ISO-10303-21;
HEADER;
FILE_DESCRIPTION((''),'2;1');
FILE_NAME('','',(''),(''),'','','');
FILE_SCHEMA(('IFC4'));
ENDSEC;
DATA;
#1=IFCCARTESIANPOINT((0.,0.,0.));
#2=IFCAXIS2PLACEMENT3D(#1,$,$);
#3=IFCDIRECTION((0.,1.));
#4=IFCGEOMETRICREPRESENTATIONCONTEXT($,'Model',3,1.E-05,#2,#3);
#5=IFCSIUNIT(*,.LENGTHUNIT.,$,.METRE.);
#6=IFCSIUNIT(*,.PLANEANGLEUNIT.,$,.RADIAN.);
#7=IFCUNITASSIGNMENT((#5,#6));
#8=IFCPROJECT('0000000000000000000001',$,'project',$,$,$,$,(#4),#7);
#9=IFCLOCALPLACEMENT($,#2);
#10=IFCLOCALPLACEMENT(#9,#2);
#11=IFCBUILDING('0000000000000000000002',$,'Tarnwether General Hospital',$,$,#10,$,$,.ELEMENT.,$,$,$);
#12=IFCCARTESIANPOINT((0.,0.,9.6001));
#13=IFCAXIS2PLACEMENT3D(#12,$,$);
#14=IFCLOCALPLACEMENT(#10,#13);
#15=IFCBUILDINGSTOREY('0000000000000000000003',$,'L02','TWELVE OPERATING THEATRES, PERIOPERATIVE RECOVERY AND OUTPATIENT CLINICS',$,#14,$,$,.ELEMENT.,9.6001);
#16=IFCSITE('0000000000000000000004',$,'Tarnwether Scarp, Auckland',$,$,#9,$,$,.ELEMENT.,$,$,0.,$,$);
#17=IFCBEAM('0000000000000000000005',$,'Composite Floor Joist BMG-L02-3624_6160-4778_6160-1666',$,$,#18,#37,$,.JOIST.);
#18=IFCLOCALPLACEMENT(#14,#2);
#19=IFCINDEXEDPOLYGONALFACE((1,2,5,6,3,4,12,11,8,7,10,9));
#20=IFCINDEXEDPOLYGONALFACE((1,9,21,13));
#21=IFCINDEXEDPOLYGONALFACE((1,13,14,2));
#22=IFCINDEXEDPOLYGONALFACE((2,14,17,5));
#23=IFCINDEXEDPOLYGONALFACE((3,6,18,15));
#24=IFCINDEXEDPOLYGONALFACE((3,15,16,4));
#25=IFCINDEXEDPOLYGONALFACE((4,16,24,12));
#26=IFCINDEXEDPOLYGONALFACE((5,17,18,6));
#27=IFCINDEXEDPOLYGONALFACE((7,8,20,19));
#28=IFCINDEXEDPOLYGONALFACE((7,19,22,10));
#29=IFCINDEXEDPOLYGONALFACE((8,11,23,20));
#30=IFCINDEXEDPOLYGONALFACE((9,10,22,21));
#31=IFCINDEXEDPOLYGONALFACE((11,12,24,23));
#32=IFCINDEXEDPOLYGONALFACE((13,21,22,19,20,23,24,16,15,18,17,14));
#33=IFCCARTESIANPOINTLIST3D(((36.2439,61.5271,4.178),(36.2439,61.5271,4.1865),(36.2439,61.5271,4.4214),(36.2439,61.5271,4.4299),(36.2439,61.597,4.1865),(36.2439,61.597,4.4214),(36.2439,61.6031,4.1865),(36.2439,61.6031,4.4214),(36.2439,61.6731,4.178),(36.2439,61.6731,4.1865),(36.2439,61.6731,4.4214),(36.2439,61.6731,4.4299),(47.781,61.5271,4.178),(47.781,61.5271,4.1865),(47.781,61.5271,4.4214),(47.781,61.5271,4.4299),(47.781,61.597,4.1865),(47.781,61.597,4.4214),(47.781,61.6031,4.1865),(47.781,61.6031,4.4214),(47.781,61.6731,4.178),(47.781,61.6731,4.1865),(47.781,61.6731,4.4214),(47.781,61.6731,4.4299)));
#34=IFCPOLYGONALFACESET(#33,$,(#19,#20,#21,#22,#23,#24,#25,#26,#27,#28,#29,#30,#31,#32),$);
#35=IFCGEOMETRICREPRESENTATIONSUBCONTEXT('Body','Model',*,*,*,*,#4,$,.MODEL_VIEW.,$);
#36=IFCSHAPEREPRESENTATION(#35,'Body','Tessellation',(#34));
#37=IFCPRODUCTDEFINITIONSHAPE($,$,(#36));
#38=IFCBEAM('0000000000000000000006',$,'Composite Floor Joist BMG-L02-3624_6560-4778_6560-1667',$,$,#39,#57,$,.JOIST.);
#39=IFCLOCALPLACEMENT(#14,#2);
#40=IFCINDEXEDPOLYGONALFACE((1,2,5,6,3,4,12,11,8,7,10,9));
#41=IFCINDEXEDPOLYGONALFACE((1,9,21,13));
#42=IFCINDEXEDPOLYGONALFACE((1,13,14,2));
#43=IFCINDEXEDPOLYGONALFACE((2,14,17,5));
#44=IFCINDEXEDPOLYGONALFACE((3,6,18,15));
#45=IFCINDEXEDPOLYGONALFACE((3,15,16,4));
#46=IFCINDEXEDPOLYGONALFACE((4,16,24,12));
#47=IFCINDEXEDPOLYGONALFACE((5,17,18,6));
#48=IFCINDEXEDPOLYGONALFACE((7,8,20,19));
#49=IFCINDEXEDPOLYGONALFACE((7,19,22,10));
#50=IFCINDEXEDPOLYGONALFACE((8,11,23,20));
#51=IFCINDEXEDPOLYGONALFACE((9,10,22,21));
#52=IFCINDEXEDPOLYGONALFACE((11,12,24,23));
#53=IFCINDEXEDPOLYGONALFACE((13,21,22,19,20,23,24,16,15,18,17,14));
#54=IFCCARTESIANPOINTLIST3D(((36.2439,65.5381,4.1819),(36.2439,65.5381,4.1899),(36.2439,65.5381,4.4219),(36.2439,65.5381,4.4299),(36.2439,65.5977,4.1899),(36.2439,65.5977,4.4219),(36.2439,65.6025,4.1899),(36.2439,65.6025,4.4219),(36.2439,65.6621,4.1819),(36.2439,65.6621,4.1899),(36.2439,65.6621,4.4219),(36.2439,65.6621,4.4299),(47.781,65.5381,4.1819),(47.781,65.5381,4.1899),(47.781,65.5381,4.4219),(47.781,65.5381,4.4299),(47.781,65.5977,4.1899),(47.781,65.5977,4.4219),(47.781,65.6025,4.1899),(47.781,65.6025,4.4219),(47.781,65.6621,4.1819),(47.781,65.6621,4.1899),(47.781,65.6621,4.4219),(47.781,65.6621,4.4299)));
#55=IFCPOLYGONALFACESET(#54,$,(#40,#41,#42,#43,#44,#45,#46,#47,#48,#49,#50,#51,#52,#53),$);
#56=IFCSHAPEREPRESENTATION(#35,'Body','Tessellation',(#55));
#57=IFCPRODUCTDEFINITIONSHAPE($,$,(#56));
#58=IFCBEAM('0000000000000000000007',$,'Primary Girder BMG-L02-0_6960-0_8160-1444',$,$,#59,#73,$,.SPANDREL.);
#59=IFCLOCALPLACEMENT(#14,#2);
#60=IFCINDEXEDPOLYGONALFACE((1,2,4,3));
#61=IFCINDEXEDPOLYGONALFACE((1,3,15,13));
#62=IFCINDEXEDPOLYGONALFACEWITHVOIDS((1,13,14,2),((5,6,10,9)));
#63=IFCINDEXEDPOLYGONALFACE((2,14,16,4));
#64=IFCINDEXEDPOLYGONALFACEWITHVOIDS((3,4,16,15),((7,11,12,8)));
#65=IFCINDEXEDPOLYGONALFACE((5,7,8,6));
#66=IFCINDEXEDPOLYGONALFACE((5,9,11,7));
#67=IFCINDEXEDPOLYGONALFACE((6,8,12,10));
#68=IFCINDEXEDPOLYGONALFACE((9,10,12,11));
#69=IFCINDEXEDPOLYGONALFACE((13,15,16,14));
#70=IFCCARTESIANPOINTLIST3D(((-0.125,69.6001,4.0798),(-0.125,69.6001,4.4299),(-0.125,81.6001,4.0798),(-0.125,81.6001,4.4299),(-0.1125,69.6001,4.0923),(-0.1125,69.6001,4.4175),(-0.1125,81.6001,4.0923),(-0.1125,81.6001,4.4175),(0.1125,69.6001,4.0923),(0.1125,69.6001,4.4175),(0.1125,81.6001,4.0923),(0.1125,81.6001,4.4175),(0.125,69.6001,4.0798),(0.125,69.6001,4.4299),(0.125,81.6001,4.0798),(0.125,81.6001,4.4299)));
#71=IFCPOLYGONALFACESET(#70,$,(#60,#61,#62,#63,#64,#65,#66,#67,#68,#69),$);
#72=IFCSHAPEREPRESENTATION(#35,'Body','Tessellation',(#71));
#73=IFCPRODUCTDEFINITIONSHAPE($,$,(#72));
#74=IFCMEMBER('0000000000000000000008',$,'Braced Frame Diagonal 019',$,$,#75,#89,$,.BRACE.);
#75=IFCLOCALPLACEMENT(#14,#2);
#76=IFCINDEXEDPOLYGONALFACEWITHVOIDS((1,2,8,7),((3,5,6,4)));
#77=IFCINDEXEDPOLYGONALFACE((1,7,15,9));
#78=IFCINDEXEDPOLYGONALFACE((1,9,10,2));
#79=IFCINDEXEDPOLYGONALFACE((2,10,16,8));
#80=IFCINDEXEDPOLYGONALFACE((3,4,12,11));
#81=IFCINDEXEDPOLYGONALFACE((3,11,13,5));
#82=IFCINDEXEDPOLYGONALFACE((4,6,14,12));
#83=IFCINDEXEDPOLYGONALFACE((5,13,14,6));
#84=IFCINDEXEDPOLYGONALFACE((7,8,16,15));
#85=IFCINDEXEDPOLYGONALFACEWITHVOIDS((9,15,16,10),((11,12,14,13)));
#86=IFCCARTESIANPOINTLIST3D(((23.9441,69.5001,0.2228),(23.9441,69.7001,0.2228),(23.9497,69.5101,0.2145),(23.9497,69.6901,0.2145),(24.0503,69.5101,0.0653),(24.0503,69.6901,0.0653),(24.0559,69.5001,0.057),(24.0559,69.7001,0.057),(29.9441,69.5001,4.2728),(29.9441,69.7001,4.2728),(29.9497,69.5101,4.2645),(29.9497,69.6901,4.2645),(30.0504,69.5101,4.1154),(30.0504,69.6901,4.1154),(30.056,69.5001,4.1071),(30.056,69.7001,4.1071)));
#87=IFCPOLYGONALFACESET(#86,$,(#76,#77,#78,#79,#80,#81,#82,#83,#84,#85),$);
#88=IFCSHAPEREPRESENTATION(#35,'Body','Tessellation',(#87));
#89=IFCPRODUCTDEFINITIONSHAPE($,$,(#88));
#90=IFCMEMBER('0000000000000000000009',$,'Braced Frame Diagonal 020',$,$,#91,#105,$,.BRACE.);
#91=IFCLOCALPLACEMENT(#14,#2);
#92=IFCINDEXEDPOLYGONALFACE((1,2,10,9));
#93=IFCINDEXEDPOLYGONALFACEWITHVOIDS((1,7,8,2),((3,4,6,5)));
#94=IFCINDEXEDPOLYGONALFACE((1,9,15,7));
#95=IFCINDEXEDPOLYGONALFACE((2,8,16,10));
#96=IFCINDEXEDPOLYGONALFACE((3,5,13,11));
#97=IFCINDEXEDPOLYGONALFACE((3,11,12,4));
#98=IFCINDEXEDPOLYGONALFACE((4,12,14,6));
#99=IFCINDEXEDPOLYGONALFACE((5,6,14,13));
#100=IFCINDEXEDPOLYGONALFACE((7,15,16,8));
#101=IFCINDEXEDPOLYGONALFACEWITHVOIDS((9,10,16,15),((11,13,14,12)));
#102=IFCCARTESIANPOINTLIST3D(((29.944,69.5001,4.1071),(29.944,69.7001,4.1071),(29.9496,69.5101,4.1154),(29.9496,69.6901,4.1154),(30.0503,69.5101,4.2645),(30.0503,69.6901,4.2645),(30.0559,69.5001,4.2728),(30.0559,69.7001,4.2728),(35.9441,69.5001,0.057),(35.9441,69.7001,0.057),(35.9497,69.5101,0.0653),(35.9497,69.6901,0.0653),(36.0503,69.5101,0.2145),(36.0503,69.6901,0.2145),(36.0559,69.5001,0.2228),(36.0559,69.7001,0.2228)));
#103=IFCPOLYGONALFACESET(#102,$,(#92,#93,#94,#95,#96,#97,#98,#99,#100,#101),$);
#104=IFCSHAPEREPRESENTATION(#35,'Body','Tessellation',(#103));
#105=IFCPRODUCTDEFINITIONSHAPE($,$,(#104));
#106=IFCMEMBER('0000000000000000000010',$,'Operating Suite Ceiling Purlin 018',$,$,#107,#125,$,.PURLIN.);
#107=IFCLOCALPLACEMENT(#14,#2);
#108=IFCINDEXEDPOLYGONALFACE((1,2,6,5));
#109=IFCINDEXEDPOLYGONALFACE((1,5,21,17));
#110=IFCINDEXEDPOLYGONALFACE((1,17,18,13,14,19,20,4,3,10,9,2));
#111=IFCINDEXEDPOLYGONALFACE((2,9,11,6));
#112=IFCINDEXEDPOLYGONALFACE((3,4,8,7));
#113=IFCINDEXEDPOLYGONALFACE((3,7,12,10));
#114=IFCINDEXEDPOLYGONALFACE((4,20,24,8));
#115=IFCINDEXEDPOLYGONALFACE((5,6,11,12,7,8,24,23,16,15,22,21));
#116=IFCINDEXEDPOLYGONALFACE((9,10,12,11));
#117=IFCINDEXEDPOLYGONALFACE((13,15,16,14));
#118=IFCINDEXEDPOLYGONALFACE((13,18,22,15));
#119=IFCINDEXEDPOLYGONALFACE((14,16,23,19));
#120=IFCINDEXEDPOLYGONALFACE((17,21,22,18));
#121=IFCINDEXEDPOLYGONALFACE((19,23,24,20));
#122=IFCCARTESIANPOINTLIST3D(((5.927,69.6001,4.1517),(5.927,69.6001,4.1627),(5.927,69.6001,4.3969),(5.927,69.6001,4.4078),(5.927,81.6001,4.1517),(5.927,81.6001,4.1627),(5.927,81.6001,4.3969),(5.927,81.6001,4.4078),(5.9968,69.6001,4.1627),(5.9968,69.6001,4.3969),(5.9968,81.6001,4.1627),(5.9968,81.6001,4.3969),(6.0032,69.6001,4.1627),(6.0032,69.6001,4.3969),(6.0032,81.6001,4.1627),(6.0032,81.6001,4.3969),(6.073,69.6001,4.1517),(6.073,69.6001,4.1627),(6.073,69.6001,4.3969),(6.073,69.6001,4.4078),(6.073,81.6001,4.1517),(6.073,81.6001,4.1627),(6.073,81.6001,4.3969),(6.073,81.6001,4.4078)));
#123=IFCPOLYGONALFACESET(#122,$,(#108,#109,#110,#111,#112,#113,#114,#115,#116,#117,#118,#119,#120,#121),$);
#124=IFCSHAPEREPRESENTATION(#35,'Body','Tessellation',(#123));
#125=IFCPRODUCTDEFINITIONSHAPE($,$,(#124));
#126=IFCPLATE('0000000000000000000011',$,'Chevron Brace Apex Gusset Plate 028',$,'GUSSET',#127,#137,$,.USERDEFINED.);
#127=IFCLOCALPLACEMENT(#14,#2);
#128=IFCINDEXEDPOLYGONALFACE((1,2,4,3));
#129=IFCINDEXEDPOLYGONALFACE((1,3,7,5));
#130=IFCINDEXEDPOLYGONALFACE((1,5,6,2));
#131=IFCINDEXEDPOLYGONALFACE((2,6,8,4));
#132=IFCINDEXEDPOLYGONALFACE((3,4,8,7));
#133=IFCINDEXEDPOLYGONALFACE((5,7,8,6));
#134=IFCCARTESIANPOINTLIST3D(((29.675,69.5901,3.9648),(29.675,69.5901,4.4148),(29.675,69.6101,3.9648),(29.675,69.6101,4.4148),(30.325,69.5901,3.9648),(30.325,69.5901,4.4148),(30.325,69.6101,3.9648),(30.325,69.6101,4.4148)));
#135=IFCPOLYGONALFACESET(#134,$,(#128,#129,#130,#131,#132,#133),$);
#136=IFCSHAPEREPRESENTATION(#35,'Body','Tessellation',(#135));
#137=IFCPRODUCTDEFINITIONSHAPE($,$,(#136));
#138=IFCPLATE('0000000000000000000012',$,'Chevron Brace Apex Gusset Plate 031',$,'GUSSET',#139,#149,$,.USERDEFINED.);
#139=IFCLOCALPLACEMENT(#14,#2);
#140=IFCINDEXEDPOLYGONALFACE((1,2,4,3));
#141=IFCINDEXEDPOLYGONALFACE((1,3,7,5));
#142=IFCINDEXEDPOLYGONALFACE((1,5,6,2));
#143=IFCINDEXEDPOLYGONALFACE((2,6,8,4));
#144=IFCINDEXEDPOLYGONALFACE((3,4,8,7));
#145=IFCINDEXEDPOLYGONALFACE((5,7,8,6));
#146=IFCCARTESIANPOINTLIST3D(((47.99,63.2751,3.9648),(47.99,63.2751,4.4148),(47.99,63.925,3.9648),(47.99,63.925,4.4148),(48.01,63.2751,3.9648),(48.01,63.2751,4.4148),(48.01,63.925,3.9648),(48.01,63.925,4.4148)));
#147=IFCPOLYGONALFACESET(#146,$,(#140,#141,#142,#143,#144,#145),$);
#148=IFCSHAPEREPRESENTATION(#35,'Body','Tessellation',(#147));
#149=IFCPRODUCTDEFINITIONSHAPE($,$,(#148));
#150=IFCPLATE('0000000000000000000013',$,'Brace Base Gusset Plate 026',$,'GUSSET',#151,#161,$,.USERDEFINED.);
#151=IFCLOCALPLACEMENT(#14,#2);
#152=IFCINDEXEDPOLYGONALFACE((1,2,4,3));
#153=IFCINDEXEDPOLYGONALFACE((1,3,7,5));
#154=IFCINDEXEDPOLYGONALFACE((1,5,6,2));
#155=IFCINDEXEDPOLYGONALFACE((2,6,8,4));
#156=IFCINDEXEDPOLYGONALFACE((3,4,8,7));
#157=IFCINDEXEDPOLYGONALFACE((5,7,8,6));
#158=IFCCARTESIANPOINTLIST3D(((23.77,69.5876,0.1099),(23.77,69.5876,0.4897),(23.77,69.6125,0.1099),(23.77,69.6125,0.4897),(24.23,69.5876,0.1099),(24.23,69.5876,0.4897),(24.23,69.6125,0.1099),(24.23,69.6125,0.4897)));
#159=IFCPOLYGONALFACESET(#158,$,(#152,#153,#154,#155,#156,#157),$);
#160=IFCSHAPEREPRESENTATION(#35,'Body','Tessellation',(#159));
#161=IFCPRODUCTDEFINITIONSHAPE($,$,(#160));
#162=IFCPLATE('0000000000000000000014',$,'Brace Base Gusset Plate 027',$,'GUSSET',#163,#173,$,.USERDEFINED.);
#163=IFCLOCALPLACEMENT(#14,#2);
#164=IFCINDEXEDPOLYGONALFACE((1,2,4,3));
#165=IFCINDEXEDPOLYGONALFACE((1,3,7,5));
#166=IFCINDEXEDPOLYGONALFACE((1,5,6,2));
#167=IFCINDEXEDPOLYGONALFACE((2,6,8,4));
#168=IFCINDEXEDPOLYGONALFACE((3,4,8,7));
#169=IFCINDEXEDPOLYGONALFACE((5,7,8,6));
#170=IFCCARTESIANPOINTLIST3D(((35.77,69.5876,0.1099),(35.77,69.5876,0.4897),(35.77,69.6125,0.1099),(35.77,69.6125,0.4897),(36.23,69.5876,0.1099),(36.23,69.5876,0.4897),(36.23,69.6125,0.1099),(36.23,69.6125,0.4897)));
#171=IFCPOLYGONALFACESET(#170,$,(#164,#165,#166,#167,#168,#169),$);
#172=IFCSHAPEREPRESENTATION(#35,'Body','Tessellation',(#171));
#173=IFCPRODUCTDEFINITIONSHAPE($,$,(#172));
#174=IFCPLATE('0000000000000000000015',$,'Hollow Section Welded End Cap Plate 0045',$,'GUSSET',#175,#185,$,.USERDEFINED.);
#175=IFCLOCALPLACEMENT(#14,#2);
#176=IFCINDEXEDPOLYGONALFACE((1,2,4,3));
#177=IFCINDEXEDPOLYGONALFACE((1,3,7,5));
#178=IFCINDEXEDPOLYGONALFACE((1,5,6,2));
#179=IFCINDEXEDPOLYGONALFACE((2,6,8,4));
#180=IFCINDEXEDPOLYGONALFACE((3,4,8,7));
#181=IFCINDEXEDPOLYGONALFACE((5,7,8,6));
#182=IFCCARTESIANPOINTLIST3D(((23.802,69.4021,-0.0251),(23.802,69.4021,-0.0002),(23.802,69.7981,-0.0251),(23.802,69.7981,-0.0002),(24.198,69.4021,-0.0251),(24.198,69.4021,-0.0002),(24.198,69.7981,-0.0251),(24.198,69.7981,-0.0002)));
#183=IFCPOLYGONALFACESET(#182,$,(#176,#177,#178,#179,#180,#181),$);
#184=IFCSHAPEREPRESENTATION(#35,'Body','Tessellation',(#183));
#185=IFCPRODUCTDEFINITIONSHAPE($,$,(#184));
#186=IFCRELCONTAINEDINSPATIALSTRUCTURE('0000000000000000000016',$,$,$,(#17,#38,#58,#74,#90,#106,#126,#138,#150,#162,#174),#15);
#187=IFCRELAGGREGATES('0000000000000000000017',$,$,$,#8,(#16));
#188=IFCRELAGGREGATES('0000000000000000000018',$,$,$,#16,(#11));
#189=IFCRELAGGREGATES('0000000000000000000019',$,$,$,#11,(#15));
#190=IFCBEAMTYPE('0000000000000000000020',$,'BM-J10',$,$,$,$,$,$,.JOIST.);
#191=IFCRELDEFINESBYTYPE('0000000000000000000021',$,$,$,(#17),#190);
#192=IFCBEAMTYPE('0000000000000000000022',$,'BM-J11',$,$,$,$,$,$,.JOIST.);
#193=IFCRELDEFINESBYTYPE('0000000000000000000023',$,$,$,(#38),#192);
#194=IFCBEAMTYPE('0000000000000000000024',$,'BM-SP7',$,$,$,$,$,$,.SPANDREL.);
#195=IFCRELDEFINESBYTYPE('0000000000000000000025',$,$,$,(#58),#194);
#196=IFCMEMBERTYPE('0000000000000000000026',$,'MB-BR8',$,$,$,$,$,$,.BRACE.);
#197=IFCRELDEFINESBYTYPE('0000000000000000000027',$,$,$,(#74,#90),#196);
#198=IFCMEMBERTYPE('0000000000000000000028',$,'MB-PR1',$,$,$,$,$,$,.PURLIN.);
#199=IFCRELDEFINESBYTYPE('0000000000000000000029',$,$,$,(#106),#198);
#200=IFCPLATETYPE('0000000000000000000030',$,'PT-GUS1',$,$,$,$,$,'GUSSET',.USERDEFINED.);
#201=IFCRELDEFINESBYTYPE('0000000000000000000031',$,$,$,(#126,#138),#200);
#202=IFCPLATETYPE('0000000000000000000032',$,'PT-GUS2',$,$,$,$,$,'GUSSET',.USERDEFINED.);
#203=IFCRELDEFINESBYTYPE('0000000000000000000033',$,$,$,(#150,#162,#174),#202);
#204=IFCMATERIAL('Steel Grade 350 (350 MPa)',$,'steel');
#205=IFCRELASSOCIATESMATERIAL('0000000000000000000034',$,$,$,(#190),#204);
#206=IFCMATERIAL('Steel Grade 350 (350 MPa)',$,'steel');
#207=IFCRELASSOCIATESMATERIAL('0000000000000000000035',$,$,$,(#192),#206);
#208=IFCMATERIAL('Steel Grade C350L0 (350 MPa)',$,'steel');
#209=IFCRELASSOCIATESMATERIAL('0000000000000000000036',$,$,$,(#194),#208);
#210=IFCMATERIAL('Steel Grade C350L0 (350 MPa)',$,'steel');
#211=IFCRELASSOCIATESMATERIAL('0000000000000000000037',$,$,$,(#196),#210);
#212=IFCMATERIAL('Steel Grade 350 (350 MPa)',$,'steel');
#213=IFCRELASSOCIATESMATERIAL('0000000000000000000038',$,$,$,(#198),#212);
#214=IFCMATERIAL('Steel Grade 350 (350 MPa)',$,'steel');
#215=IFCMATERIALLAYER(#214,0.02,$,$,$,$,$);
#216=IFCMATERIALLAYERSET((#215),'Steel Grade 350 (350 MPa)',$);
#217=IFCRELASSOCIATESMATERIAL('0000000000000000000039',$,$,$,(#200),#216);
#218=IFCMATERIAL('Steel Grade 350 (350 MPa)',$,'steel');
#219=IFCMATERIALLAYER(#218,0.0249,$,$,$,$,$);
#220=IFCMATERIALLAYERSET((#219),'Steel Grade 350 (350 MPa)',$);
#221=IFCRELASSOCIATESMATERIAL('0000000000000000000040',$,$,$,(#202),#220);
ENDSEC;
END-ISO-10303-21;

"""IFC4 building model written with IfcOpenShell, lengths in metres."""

from ifc_helpers import new_model, si_unit, direction, frame, origin, origin_2d, place, context, subcontext, project, spatial, rectangle, hollow_rectangle, i_section, extrude, material, layer, layer_set, material_profile, profile_set, type_object, element, save


model = new_model("IFC4")

# Units and contexts
model_context = context("Model", 3, precision=1e-05, world=origin(), true_north=direction((0.0, 1.0)))
body_context = subcontext(model_context, "Body", "Model", "MODEL_VIEW")
ifc_project = project(units=[si_unit("LENGTHUNIT", "METRE"), si_unit("PLANEANGLEUNIT", "RADIAN")], contexts=[model_context])

# Site, building, storey
site_placement = place(None, origin())
site = spatial("IfcSite", under=ifc_project, at=site_placement, Name="Tarnwether Scarp, Auckland", CompositionType="ELEMENT", RefElevation=0.0)
building_placement = place(site_placement, origin())
building = spatial("IfcBuilding", under=site, at=building_placement, Name="Tarnwether General Hospital", CompositionType="ELEMENT")
storey_placement = place(building_placement, frame((0.0, 0.0, 9.6001)))
storey = spatial("IfcBuildingStorey", under=building, at=storey_placement, Name="L02", Description="TWELVE OPERATING THEATRES, PERIOPERATIVE RECOVERY AND OUTPATIENT CLINICS", CompositionType="ELEMENT", Elevation=9.6001)

# Beams
ifc_material_1 = material(Name="Steel Grade 350 (350 MPa)", Category="steel")
ifc_material_profile_1 = material_profile(ifc_material_1, i_section(OverallWidth=0.146, OverallDepth=0.252, WebThickness=0.0061, FlangeThickness=0.0085, at=origin_2d()), Name="250UB31.4")
ifc_profile_set_1 = profile_set([ifc_material_profile_1], Name="Steel Grade 350 (350 MPa)")
beam_type_1 = type_object("IfcBeamType", Name="BM-J10", PredefinedType="JOIST", material=ifc_profile_set_1)
beam_1_placement = place(storey_placement, frame((36.2439, 61.6001, 4.304), z_axis=(1.0, 0.0, 0.0), x_axis=(0.0, 1.0, 0.0)))
element("IfcBeam", 1, at=beam_1_placement, inside=storey, type_object=beam_type_1, Name="Composite Floor Joist BMG-L02-3624_6160-4778_6160-1666", PredefinedType="JOIST", context=body_context, shape_type="SweptSolid", body=[
    extrude(i_section(OverallWidth=0.146, OverallDepth=0.252, WebThickness=0.0061, FlangeThickness=0.0085, at=origin_2d()), origin(), (0.0, 0.0, 1.0), 11.5371),
])
ifc_material_2 = material(Name="Steel Grade 350 (350 MPa)", Category="steel")
ifc_material_profile_2 = material_profile(ifc_material_2, i_section(OverallWidth=0.124, OverallDepth=0.248, WebThickness=0.0049, FlangeThickness=0.0081, at=origin_2d()), Name="250UB25.7")
ifc_profile_set_2 = profile_set([ifc_material_profile_2], Name="Steel Grade 350 (350 MPa)")
beam_type_2 = type_object("IfcBeamType", Name="BM-J11", PredefinedType="JOIST", material=ifc_profile_set_2)
beam_2_placement = place(storey_placement, frame((36.2439, 65.6001, 4.3059), z_axis=(1.0, 0.0, 0.0), x_axis=(0.0, 1.0, 0.0)))
element("IfcBeam", 2, at=beam_2_placement, inside=storey, type_object=beam_type_2, Name="Composite Floor Joist BMG-L02-3624_6560-4778_6560-1667", PredefinedType="JOIST", context=body_context, shape_type="SweptSolid", body=[
    extrude(i_section(OverallWidth=0.124, OverallDepth=0.248, WebThickness=0.0049, FlangeThickness=0.0081, at=origin_2d()), origin(), (0.0, 0.0, 1.0), 11.5371),
])
ifc_material_3 = material(Name="Steel Grade C350L0 (350 MPa)", Category="steel")
ifc_material_profile_3 = material_profile(ifc_material_3, hollow_rectangle(XDim=0.25, YDim=0.3501, WallThickness=0.0125, at=origin_2d()), Name="RHS350x250x12.5")
ifc_profile_set_3 = profile_set([ifc_material_profile_3], Name="Steel Grade C350L0 (350 MPa)")
beam_type_3 = type_object("IfcBeamType", Name="BM-SP7", PredefinedType="SPANDREL", material=ifc_profile_set_3)
beam_3_placement = place(storey_placement, frame((0.0, 69.6001, 4.2549), z_axis=(0.0, 1.0, 0.0), x_axis=(-1.0, 0.0, 0.0)))
element("IfcBeam", 3, at=beam_3_placement, inside=storey, type_object=beam_type_3, Name="Primary Girder BMG-L02-0_6960-0_8160-1444", PredefinedType="SPANDREL", context=body_context, shape_type="SweptSolid", body=[
    extrude(hollow_rectangle(XDim=0.25, YDim=0.3501, WallThickness=0.0125, at=origin_2d()), origin(), (0.0, 0.0, 1.0), 12.0),
])

# Members
ifc_material_4 = material(Name="Steel Grade C350L0 (350 MPa)", Category="steel")
ifc_material_profile_4 = material_profile(ifc_material_4, hollow_rectangle(XDim=0.2, YDim=0.2, WallThickness=0.01, at=origin_2d()), Name="SHS200x200x10")
ifc_profile_set_4 = profile_set([ifc_material_profile_4], Name="Steel Grade C350L0 (350 MPa)")
member_type_1 = type_object("IfcMemberType", Name="MB-BR8", PredefinedType="BRACE", material=ifc_profile_set_4)
for number, where, z_axis, x_axis, name in (
    (4, (24.0, 69.6001, 0.1399), (0.828846, 0.0, 0.559477), (0.0, 1.0, 0.0), "Braced Frame Diagonal 019"),
    (5, (36.0, 69.6001, 0.1399), (-0.828846, 0.0, 0.559477), (0.0, -1.0, 0.0), "Braced Frame Diagonal 020"),
):
    element("IfcMember", number, at=place(storey_placement, frame(where, z_axis=z_axis, x_axis=x_axis)), inside=storey, type_object=member_type_1, Name=name, PredefinedType="BRACE", context=body_context, shape_type="SweptSolid", body=[
        extrude(hollow_rectangle(XDim=0.2, YDim=0.2, WallThickness=0.01, at=origin_2d()), origin(), (0.0, 0.0, 1.0), 7.239),
    ])
ifc_material_5 = material(Name="Steel Grade 350 (350 MPa)", Category="steel")
ifc_material_profile_5 = material_profile(ifc_material_5, i_section(OverallWidth=0.146, OverallDepth=0.2561, WebThickness=0.0063, FlangeThickness=0.011, at=origin_2d()), Name="250UB37.3")
ifc_profile_set_5 = profile_set([ifc_material_profile_5], Name="Steel Grade 350 (350 MPa)")
member_type_2 = type_object("IfcMemberType", Name="MB-PR1", PredefinedType="PURLIN", material=ifc_profile_set_5)
member_placement = place(storey_placement, frame((6.0, 69.6001, 4.2798), z_axis=(0.0, 1.0, 0.0), x_axis=(-1.0, 0.0, 0.0)))
element("IfcMember", 6, at=member_placement, inside=storey, type_object=member_type_2, Name="Operating Suite Ceiling Purlin 018", PredefinedType="PURLIN", context=body_context, shape_type="SweptSolid", body=[
    extrude(i_section(OverallWidth=0.146, OverallDepth=0.2561, WebThickness=0.0063, FlangeThickness=0.011, at=origin_2d()), origin(), (0.0, 0.0, 1.0), 12.0),
])

# Plates
ifc_material_6 = material(Name="Steel Grade 350 (350 MPa)", Category="steel")
ifc_layer_1 = layer(ifc_material_6, 0.02)
ifc_layer_set_1 = layer_set([ifc_layer_1], Name="Steel Grade 350 (350 MPa)")
plate_type_1 = type_object("IfcPlateType", Name="PT-GUS1", ElementType="GUSSET", PredefinedType="USERDEFINED", material=ifc_layer_set_1)
for number, where, z_axis, x_axis, name in (
    (7, (30.0, 69.6001, 3.9648), (0.0, 0.0, 1.0), (1.0, 0.0, 0.0), "Chevron Brace Apex Gusset Plate 028"),
    (8, (48.0, 63.6001, 3.9648), (0.0, 0.0, 1.0), (0.0, 1.0, 0.0), "Chevron Brace Apex Gusset Plate 031"),
):
    element("IfcPlate", number, at=place(storey_placement, frame(where, z_axis=z_axis, x_axis=x_axis)), inside=storey, type_object=plate_type_1, Name=name, ObjectType="GUSSET", PredefinedType="USERDEFINED", context=body_context, shape_type="SweptSolid", body=[
        extrude(rectangle(XDim=0.6499, YDim=0.02, at=origin_2d()), origin(), (0.0, 0.0, 1.0), 0.45),
    ])
ifc_material_7 = material(Name="Steel Grade 350 (350 MPa)", Category="steel")
ifc_layer_2 = layer(ifc_material_7, 0.0249)
ifc_layer_set_2 = layer_set([ifc_layer_2], Name="Steel Grade 350 (350 MPa)")
plate_type_2 = type_object("IfcPlateType", Name="PT-GUS2", ElementType="GUSSET", PredefinedType="USERDEFINED", material=ifc_layer_set_2)
for number, where, z_axis, x_axis, name in (
    (9, (24.0, 69.6001, 0.1099), (0.0, 0.0, 1.0), (1.0, 0.0, 0.0), "Brace Base Gusset Plate 026"),
    (10, (36.0, 69.6001, 0.1099), (0.0, 0.0, 1.0), (1.0, 0.0, 0.0), "Brace Base Gusset Plate 027"),
):
    element("IfcPlate", number, at=place(storey_placement, frame(where, z_axis=z_axis, x_axis=x_axis)), inside=storey, type_object=plate_type_2, Name=name, ObjectType="GUSSET", PredefinedType="USERDEFINED", context=body_context, shape_type="SweptSolid", body=[
        extrude(rectangle(XDim=0.46, YDim=0.0249, at=origin_2d()), origin(), (0.0, 0.0, 1.0), 0.3799),
    ])
for number, where, z_axis, x_axis, name in (
    (11, (24.0, 69.6001, -0.0251), (0.0, 0.0, 1.0), (1.0, 0.0, 0.0), "Hollow Section Welded End Cap Plate 0045"),
):
    element("IfcPlate", number, at=place(storey_placement, frame(where, z_axis=z_axis, x_axis=x_axis)), inside=storey, type_object=plate_type_2, Name=name, ObjectType="GUSSET", PredefinedType="USERDEFINED", context=body_context, shape_type="SweptSolid", body=[
        extrude(rectangle(XDim=0.396, YDim=0.396, at=origin_2d()), origin(), (0.0, 0.0, 1.0), 0.0249),
    ])

save(model, "model.ifc")
